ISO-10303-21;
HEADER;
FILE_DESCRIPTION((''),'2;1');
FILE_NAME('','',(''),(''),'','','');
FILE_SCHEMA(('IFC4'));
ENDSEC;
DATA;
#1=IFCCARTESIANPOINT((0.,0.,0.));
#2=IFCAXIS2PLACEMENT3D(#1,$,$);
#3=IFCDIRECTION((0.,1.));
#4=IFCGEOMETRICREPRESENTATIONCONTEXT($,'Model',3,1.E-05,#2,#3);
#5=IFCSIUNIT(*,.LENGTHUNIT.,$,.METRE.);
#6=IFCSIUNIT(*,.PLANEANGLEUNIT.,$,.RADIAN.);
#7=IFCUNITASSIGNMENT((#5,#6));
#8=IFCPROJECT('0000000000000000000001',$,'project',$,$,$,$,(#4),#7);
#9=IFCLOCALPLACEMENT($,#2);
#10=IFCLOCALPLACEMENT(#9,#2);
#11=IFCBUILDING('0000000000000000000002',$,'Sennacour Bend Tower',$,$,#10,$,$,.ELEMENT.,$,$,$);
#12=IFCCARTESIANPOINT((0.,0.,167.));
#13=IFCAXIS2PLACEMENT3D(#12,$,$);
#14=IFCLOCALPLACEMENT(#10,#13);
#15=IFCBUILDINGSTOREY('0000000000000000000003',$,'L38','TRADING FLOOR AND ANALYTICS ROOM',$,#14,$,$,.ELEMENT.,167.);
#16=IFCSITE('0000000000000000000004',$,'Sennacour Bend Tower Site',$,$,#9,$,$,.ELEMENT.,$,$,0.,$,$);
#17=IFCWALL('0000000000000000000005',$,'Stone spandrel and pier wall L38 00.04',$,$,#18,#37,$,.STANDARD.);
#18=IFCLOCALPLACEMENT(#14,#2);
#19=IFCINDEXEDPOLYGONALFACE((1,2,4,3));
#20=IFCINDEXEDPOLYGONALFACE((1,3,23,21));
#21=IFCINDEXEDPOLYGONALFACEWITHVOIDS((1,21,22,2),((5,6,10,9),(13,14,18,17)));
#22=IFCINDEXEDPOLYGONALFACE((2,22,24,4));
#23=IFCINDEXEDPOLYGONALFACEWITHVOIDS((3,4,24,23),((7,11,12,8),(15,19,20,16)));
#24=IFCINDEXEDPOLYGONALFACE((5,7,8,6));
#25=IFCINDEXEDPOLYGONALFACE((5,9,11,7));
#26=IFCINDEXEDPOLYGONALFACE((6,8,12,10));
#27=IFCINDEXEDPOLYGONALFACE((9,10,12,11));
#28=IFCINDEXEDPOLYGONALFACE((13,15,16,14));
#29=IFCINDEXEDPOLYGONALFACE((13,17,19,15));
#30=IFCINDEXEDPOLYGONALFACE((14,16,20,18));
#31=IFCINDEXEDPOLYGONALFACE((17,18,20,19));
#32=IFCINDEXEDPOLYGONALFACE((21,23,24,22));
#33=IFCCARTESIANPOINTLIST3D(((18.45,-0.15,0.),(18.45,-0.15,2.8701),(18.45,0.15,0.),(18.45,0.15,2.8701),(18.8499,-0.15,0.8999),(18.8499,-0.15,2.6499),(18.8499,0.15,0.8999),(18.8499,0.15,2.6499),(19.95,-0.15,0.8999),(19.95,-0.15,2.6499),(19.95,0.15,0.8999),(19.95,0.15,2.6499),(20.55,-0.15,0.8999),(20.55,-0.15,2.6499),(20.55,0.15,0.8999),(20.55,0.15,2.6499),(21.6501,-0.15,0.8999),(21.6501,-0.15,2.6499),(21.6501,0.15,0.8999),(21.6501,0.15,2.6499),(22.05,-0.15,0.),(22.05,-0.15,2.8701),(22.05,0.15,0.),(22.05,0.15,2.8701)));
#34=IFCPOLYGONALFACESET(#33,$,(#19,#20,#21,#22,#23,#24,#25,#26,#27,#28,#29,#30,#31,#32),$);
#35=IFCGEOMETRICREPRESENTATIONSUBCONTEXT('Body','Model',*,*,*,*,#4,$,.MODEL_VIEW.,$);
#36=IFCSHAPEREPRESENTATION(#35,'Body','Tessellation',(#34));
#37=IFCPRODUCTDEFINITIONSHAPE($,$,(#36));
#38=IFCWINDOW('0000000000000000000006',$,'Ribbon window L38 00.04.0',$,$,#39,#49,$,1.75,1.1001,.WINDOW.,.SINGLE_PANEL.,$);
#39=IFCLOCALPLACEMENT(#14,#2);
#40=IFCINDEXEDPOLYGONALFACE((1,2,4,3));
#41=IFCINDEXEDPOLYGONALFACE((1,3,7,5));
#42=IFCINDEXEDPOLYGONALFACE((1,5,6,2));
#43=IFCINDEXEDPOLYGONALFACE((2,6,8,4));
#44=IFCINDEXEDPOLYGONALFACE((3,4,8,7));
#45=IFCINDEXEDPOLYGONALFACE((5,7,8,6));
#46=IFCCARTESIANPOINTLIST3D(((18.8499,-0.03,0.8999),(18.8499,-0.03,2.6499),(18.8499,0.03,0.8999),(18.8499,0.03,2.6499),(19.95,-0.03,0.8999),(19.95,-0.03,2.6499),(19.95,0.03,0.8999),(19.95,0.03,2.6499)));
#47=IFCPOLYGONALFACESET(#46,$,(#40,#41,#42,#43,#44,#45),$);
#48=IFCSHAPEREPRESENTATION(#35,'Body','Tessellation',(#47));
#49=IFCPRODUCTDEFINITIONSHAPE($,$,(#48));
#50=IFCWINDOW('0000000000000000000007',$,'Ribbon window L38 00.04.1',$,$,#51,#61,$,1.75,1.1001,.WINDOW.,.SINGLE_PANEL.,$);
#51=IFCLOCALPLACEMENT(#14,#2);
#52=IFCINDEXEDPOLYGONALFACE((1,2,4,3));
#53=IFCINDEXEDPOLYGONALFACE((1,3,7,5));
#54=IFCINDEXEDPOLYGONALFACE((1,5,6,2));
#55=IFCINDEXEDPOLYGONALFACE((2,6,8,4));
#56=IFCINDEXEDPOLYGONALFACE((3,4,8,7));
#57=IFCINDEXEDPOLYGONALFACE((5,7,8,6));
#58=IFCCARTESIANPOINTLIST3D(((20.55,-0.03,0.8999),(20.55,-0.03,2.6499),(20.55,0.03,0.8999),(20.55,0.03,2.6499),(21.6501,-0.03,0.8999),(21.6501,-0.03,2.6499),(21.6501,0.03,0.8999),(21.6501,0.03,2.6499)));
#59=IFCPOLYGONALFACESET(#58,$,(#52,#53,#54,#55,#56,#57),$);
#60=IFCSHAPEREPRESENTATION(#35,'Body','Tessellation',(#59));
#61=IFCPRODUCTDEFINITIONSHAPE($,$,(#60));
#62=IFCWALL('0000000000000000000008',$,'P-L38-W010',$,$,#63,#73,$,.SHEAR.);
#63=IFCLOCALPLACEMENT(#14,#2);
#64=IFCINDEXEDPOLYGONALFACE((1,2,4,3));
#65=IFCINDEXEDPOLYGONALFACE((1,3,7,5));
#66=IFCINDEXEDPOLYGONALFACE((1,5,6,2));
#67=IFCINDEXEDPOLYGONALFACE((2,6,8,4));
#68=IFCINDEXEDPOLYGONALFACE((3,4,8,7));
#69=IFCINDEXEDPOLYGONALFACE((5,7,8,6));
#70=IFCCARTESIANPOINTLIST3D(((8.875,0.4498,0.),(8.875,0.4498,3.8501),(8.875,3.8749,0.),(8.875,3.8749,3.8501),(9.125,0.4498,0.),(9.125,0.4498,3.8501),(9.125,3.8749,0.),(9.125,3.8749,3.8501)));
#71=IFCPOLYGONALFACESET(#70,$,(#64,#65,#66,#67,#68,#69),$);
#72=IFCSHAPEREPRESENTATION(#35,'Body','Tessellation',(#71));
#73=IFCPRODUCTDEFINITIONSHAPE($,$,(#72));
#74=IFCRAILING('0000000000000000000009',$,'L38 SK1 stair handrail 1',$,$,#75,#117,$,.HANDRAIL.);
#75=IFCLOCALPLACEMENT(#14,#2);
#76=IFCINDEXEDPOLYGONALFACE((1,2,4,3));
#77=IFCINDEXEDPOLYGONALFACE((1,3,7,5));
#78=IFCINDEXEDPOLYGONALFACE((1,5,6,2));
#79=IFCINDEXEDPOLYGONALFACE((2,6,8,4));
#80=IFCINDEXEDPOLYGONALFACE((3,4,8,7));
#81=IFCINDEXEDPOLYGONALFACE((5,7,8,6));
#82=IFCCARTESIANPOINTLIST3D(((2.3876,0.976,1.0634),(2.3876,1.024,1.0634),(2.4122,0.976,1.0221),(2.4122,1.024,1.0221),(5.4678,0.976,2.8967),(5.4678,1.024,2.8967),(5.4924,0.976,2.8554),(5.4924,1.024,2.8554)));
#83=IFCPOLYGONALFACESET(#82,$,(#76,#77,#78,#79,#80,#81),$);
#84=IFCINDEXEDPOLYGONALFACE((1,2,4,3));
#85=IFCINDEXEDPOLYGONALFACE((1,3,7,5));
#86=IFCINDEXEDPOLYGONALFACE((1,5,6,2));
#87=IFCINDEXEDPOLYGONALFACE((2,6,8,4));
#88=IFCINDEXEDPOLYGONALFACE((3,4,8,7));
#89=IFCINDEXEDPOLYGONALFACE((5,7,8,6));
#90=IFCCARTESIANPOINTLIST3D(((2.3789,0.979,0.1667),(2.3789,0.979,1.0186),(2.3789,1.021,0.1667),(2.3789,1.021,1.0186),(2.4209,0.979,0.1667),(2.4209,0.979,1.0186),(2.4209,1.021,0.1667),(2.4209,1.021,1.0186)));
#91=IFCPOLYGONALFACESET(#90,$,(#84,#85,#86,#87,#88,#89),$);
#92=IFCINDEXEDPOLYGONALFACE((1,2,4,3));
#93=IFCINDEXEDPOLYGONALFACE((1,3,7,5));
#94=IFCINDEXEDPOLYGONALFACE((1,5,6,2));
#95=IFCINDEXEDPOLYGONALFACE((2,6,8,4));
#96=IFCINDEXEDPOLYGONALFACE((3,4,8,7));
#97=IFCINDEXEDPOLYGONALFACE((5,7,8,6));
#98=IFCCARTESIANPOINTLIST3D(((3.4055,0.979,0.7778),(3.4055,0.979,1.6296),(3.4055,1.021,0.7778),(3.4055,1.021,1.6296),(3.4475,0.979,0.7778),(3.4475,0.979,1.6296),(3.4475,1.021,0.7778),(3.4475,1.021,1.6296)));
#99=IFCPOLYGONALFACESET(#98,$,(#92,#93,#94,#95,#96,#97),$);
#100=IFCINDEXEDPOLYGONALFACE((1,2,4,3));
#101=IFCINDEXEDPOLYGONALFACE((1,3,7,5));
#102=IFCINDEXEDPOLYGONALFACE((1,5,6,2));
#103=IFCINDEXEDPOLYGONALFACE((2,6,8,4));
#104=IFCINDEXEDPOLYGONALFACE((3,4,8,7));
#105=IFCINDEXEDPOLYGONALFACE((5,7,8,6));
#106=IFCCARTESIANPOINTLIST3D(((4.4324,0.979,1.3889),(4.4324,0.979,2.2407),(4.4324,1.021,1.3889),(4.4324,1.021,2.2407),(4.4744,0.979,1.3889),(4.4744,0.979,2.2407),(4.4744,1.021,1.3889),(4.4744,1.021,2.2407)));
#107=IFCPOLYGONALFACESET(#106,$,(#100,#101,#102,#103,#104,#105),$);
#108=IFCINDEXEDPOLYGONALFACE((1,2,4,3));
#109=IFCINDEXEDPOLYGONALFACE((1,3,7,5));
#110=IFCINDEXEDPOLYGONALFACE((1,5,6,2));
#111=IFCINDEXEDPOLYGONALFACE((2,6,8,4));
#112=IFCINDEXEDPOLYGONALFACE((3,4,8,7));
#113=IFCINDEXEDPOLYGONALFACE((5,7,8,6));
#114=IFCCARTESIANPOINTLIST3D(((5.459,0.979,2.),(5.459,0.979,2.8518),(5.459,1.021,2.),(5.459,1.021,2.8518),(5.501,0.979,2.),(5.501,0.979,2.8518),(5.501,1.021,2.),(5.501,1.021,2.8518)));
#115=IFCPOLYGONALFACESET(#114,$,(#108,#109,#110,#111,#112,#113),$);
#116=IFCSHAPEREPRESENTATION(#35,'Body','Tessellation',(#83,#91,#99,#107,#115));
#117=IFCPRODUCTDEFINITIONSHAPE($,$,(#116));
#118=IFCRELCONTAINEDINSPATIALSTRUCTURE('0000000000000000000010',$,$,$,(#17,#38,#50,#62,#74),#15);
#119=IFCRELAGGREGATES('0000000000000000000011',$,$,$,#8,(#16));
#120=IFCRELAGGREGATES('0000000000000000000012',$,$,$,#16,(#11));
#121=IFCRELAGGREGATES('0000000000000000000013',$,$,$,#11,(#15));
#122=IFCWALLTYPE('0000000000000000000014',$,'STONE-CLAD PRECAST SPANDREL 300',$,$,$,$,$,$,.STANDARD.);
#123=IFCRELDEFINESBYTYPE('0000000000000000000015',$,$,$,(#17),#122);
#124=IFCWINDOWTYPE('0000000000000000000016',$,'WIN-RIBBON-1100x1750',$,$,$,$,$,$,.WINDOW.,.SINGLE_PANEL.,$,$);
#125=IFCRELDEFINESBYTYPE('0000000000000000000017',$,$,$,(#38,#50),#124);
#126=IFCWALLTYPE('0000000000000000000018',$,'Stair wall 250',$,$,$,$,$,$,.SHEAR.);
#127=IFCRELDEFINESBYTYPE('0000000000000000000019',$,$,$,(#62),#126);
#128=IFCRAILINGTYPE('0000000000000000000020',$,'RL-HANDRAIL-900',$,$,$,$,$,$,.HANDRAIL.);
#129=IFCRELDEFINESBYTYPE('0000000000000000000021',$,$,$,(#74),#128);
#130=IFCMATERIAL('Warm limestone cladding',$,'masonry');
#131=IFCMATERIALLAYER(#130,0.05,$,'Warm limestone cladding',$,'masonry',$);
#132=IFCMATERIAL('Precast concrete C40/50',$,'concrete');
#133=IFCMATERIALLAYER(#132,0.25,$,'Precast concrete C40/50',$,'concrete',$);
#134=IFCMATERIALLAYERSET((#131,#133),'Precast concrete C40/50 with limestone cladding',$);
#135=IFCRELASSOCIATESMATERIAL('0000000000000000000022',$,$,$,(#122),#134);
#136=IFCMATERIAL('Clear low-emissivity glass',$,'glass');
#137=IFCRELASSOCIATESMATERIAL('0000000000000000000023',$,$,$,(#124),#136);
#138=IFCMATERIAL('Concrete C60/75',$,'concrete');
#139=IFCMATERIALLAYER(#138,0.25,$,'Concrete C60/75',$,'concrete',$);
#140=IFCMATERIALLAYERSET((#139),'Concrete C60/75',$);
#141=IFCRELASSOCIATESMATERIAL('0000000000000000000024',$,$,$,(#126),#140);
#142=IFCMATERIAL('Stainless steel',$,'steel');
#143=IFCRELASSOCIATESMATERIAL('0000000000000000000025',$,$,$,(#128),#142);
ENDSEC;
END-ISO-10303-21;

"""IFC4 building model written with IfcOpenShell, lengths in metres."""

from ifc_helpers import new_model, si_unit, direction, frame, frame_2d, origin, origin_2d, place, context, subcontext, project, spatial, rectangle, extrude, material, layer, layer_set, type_object, element, fill, save


model = new_model("IFC4")

# Units and contexts
model_context = context("Model", 3, precision=1e-05, world=origin(), true_north=direction((0.0, 1.0)))
body_context = subcontext(model_context, "Body", "Model", "MODEL_VIEW")
ifc_project = project(units=[si_unit("LENGTHUNIT", "METRE"), si_unit("PLANEANGLEUNIT", "RADIAN")], contexts=[model_context])

# Site, building, storey
site_placement = place(None, origin())
site = spatial("IfcSite", under=ifc_project, at=site_placement, Name="Sennacour Bend Tower Site", CompositionType="ELEMENT", RefElevation=0.0)
building_placement = place(site_placement, origin())
building = spatial("IfcBuilding", under=site, at=building_placement, Name="Sennacour Bend Tower", CompositionType="ELEMENT")
storey_placement = place(building_placement, frame((0.0, 0.0, 167.0)))
storey = spatial("IfcBuildingStorey", under=building, at=storey_placement, Name="L38", Description="TRADING FLOOR AND ANALYTICS ROOM", CompositionType="ELEMENT", Elevation=167.0)

# Wall, openings, windows
ifc_material_1 = material(Name="Warm limestone cladding", Category="masonry")
ifc_layer_1 = layer(ifc_material_1, 0.05, Name="Warm limestone cladding", Category="masonry")
ifc_material_2 = material(Name="Precast concrete C40/50", Category="concrete")
ifc_layer_2 = layer(ifc_material_2, 0.25, Name="Precast concrete C40/50", Category="concrete")
ifc_layer_set_1 = layer_set([ifc_layer_1, ifc_layer_2], Name="Precast concrete C40/50 with limestone cladding")
wall_type_1 = type_object("IfcWallType", Name="STONE-CLAD PRECAST SPANDREL 300", PredefinedType="STANDARD", material=ifc_layer_set_1)
ifc_material_3 = material(Name="Clear low-emissivity glass", Category="glass")
window_type_1 = type_object("IfcWindowType", Name="WIN-RIBBON-1100x1750", PartitioningType="SINGLE_PANEL", PredefinedType="WINDOW", material=ifc_material_3)
wall_1_placement = place(storey_placement, frame((18.45, 0.0, 0.0), z_axis=(0.0, 0.0, 1.0), x_axis=(1.0, 0.0, 0.0)))
wall_1 = element("IfcWall", 1, at=wall_1_placement, inside=storey, type_object=wall_type_1, Name="Stone spandrel and pier wall L38 00.04", PredefinedType="STANDARD", context=body_context, shape_type="SweptSolid", body=[
    extrude(rectangle(XDim=3.6001, YDim=0.3, at=frame_2d((1.8, 0.0))), origin(), (0.0, 0.0, 1.0), 2.8701),
])
opening_1_placement = place(wall_1_placement, frame((0.3999, 0.0, 0.8999)))
opening_1 = element("IfcOpeningElement", 2, at=opening_1_placement, cuts=wall_1, PredefinedType="OPENING", context=body_context, shape_type="SweptSolid", body=[
    extrude(rectangle(XDim=1.1001, YDim=1.75, at=frame_2d((0.55, 0.875))), frame((0.0, 0.1602, 0.0), z_axis=(0.0, -1.0, 0.0), x_axis=(1.0, 0.0, 0.0)), (0.0, 0.0, 1.0), 0.3201),
])
opening_2_placement = place(wall_1_placement, frame((2.1001, 0.0, 0.8999)))
opening_2 = element("IfcOpeningElement", 3, at=opening_2_placement, cuts=wall_1, PredefinedType="OPENING", context=body_context, shape_type="SweptSolid", body=[
    extrude(rectangle(XDim=1.1001, YDim=1.75, at=frame_2d((0.55, 0.875))), frame((0.0, 0.1602, 0.0), z_axis=(0.0, -1.0, 0.0), x_axis=(1.0, 0.0, 0.0)), (0.0, 0.0, 1.0), 0.3201),
])
window_1_placement = place(opening_1_placement, origin())
window_1 = element("IfcWindow", 4, at=window_1_placement, inside=storey, type_object=window_type_1, Name="Ribbon window L38 00.04.0", OverallHeight=1.75, OverallWidth=1.1001, PartitioningType="SINGLE_PANEL", PredefinedType="WINDOW", context=body_context, shape_type="SweptSolid", body=[
    extrude(rectangle(XDim=1.1001, YDim=1.75, at=frame_2d((0.55, 0.875))), frame((0.0, 0.03, 0.0), z_axis=(0.0, -1.0, 0.0), x_axis=(1.0, 0.0, 0.0)), (0.0, 0.0, 1.0), 0.0601),
])
fill(opening_1, window_1)
window_2_placement = place(opening_2_placement, origin())
window_2 = element("IfcWindow", 5, at=window_2_placement, inside=storey, type_object=window_type_1, Name="Ribbon window L38 00.04.1", OverallHeight=1.75, OverallWidth=1.1001, PartitioningType="SINGLE_PANEL", PredefinedType="WINDOW", context=body_context, shape_type="SweptSolid", body=[
    extrude(rectangle(XDim=1.1001, YDim=1.75, at=frame_2d((0.55, 0.875))), frame((0.0, 0.03, 0.0), z_axis=(0.0, -1.0, 0.0), x_axis=(1.0, 0.0, 0.0)), (0.0, 0.0, 1.0), 0.0601),
])
fill(opening_2, window_2)

# Wall
ifc_material_4 = material(Name="Concrete C60/75", Category="concrete")
ifc_layer_3 = layer(ifc_material_4, 0.25, Name="Concrete C60/75", Category="concrete")
ifc_layer_set_2 = layer_set([ifc_layer_3], Name="Concrete C60/75")
wall_type_2 = type_object("IfcWallType", Name="Stair wall 250", PredefinedType="SHEAR", material=ifc_layer_set_2)
wall_2_placement = place(storey_placement, frame((9.0, 0.45, 0.0), z_axis=(0.0, 0.0, 1.0), x_axis=(0.0, 1.0, 0.0)))
element("IfcWall", 6, at=wall_2_placement, inside=storey, type_object=wall_type_2, Name="P-L38-W010", PredefinedType="SHEAR", context=body_context, shape_type="SweptSolid", body=[
    extrude(rectangle(XDim=3.425, YDim=0.25, at=frame_2d((1.7124, 0.0))), origin(), (0.0, 0.0, 1.0), 3.8501),
])

# Railing
ifc_material_5 = material(Name="Stainless steel", Category="steel")
railing_type = type_object("IfcRailingType", Name="RL-HANDRAIL-900", PredefinedType="HANDRAIL", material=ifc_material_5)
railing_placement = place(storey_placement, frame((2.3999, 1.0, 0.1667)))
element("IfcRailing", 7, at=railing_placement, inside=storey, type_object=railing_type, Name="L38 SK1 stair handrail 1", PredefinedType="HANDRAIL", context=body_context, shape_type="SweptSolid", body=[
    extrude(rectangle(XDim=0.0481, YDim=0.0481, at=origin_2d()), frame((0.0, 0.0, 0.876), z_axis=(0.859309, 0.0, 0.511458), x_axis=(0.0, 1.0, 0.0)), (0.0, 0.0, 1.0), 3.5845),
    extrude(rectangle(XDim=0.042, YDim=0.042, at=origin_2d()), origin(), (0.0, 0.0, 1.0), 0.8518),
    extrude(rectangle(XDim=0.042, YDim=0.042, at=origin_2d()), frame((1.0266, 0.0, 0.6111)), (0.0, 0.0, 1.0), 0.8518),
    extrude(rectangle(XDim=0.042, YDim=0.042, at=origin_2d()), frame((2.0535, 0.0, 1.2222)), (0.0, 0.0, 1.0), 0.8518),
    extrude(rectangle(XDim=0.042, YDim=0.042, at=origin_2d()), frame((3.0801, 0.0, 1.8333)), (0.0, 0.0, 1.0), 0.8518),
])

save(model, "model.ifc")
